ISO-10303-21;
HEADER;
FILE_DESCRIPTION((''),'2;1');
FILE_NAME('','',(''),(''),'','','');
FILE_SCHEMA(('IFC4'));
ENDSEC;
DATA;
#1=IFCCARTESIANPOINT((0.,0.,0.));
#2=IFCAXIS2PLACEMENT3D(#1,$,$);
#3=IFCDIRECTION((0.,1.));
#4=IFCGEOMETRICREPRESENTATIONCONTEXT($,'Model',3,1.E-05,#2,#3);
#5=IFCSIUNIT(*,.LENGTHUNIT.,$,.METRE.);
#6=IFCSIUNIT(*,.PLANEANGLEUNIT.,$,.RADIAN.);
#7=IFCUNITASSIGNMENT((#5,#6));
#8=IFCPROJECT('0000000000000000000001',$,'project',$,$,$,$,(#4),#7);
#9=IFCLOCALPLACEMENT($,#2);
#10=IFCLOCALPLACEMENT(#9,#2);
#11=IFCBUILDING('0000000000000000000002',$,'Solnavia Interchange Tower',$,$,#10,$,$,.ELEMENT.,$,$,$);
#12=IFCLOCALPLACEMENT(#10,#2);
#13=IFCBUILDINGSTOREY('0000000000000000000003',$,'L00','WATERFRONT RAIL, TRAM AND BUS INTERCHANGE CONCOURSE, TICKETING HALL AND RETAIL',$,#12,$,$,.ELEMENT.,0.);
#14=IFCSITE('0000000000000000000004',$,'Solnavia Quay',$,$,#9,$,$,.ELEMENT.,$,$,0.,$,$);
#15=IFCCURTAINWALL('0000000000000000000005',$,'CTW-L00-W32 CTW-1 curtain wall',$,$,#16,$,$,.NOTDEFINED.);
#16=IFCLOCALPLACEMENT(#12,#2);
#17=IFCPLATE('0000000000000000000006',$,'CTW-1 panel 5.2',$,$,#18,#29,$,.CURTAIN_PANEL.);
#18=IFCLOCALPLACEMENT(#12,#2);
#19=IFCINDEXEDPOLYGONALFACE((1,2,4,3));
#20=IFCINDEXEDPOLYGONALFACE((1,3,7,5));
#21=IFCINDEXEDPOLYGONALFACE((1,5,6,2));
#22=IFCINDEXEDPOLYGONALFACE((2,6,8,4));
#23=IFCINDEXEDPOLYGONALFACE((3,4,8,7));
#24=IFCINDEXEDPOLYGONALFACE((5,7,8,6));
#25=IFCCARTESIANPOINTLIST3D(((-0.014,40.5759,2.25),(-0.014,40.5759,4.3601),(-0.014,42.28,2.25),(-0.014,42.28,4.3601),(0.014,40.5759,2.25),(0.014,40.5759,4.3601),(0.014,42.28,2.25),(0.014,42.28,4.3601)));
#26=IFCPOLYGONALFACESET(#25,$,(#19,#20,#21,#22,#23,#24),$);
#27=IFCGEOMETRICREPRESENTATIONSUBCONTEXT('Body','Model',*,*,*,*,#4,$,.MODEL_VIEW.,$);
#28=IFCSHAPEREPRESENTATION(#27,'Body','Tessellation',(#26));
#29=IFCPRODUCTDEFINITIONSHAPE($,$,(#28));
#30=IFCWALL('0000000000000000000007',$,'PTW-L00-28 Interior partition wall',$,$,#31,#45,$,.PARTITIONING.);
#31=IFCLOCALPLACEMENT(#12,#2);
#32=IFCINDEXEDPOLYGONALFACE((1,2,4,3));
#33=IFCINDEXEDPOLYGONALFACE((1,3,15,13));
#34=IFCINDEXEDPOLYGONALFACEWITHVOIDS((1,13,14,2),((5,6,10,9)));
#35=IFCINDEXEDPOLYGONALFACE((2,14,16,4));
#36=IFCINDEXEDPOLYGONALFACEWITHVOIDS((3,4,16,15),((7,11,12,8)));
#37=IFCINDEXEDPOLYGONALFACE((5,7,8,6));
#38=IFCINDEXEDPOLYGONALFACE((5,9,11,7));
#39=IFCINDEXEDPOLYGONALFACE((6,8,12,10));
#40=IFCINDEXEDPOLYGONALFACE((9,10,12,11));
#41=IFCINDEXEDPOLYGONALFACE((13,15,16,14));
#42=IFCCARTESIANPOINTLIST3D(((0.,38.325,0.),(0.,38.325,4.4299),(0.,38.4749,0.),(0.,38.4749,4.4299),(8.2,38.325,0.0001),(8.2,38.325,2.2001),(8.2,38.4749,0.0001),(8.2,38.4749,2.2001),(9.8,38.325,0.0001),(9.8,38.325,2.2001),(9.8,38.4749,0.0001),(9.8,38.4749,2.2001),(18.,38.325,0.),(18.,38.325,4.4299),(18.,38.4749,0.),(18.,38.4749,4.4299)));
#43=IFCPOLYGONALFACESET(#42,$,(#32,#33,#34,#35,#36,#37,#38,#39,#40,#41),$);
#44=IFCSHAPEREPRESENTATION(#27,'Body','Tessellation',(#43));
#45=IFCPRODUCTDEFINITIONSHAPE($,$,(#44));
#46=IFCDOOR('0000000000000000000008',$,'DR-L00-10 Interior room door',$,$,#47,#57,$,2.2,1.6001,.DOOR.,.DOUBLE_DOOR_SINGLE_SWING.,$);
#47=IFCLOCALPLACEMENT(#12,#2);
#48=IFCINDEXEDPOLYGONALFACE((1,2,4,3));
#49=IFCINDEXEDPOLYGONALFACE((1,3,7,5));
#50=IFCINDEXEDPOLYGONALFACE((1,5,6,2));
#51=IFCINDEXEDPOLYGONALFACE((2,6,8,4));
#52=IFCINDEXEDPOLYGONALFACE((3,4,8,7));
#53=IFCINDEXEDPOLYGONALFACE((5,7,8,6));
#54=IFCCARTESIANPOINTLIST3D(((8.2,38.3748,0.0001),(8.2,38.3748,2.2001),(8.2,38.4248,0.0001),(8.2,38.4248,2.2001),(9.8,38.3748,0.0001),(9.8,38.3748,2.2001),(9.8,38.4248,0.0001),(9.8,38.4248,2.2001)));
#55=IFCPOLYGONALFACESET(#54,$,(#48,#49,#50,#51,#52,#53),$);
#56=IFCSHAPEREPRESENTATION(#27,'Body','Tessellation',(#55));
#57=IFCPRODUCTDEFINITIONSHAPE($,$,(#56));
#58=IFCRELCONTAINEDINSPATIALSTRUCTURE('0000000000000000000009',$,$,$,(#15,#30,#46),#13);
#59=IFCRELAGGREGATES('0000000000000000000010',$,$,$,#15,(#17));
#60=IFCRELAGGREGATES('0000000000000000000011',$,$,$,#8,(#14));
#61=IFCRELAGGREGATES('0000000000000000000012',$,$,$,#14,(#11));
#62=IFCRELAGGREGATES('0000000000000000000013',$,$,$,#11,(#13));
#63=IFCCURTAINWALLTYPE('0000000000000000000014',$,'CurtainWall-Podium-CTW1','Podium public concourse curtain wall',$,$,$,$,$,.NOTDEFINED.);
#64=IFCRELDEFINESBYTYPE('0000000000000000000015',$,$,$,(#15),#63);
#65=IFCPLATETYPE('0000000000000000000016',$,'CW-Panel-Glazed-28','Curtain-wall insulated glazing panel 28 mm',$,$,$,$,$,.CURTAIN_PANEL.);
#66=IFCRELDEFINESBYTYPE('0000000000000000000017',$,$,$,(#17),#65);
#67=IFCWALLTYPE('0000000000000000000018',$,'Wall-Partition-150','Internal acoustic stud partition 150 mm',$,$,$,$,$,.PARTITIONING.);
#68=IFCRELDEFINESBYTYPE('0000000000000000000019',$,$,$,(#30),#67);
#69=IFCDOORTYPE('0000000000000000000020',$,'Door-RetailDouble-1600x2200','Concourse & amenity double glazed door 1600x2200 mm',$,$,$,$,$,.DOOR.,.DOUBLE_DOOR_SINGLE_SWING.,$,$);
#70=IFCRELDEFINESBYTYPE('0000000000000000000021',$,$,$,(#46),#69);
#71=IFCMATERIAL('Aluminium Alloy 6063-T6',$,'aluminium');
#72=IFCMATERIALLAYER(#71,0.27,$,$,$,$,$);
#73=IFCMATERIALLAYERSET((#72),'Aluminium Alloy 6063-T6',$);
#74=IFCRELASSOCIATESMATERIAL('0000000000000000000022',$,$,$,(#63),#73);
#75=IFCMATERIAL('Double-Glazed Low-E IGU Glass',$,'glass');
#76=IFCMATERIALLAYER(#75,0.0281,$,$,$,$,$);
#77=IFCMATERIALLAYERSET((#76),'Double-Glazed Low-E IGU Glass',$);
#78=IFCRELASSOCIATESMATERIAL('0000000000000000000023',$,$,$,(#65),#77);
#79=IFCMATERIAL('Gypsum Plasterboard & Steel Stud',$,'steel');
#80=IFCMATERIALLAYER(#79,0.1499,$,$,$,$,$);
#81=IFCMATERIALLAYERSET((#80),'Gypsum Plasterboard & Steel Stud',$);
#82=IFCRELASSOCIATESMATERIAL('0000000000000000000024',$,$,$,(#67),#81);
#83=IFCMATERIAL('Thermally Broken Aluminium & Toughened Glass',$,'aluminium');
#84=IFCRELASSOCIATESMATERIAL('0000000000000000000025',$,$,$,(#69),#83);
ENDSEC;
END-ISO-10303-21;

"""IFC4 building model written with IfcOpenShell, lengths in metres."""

from ifc_helpers import new_model, si_unit, direction, frame, frame_2d, origin, origin_2d, place, context, subcontext, project, spatial, rectangle, extrude, material, layer, layer_set, type_object, element, fill, aggregate, save


model = new_model("IFC4")

# Units and contexts
model_context = context("Model", 3, precision=1e-05, world=origin(), true_north=direction((0.0, 1.0)))
body_context = subcontext(model_context, "Body", "Model", "MODEL_VIEW")
ifc_project = project(units=[si_unit("LENGTHUNIT", "METRE"), si_unit("PLANEANGLEUNIT", "RADIAN")], contexts=[model_context])

# Site, building, storey
site_placement = place(None, origin())
site = spatial("IfcSite", under=ifc_project, at=site_placement, Name="Solnavia Quay", CompositionType="ELEMENT", RefElevation=0.0)
building_placement = place(site_placement, origin())
building = spatial("IfcBuilding", under=site, at=building_placement, Name="Solnavia Interchange Tower", CompositionType="ELEMENT")
storey_placement = place(building_placement, origin())
storey = spatial("IfcBuildingStorey", under=building, at=storey_placement, Name="L00", Description="WATERFRONT RAIL, TRAM AND BUS INTERCHANGE CONCOURSE, TICKETING HALL AND RETAIL", CompositionType="ELEMENT", Elevation=0.0)

# Curtain wall, plate
ifc_material_1 = material(Name="Aluminium Alloy 6063-T6", Category="aluminium")
ifc_layer_1 = layer(ifc_material_1, 0.27)
ifc_layer_set_1 = layer_set([ifc_layer_1], Name="Aluminium Alloy 6063-T6")
curtain_wall_type = type_object("IfcCurtainWallType", Name="CurtainWall-Podium-CTW1", Description="Podium public concourse curtain wall", PredefinedType="NOTDEFINED", material=ifc_layer_set_1)
curtain_wall_placement = place(storey_placement, origin())
curtain_wall = element("IfcCurtainWall", 1, at=curtain_wall_placement, inside=storey, type_object=curtain_wall_type, Name="CTW-L00-W32 CTW-1 curtain wall", PredefinedType="NOTDEFINED")
ifc_material_2 = material(Name="Double-Glazed Low-E IGU Glass", Category="glass")
ifc_layer_2 = layer(ifc_material_2, 0.0281)
ifc_layer_set_2 = layer_set([ifc_layer_2], Name="Double-Glazed Low-E IGU Glass")
plate_type = type_object("IfcPlateType", Name="CW-Panel-Glazed-28", Description="Curtain-wall insulated glazing panel 28 mm", PredefinedType="CURTAIN_PANEL", material=ifc_layer_set_2)
plate_1_placement = place(storey_placement, frame((0.0, 41.428, 2.25), z_axis=(0.0, 0.0, 1.0), x_axis=(0.0, 1.0, 0.0)))
plate_1 = element("IfcPlate", 2, at=plate_1_placement, type_object=plate_type, Name="CTW-1 panel 5.2", PredefinedType="CURTAIN_PANEL", context=body_context, shape_type="SweptSolid", body=[
    extrude(rectangle(XDim=1.7041, YDim=0.0281, at=origin_2d()), origin(), (0.0, 0.0, 1.0), 2.1101),
])
aggregate(curtain_wall, [plate_1])

# Wall, opening, door
ifc_material_3 = material(Name="Gypsum Plasterboard & Steel Stud", Category="steel")
ifc_layer_3 = layer(ifc_material_3, 0.1499)
ifc_layer_set_3 = layer_set([ifc_layer_3], Name="Gypsum Plasterboard & Steel Stud")
wall_type_1 = type_object("IfcWallType", Name="Wall-Partition-150", Description="Internal acoustic stud partition 150 mm", PredefinedType="PARTITIONING", material=ifc_layer_set_3)
wall_1_placement = place(storey_placement, frame((0.0, 38.3999, 0.0), z_axis=(0.0, 0.0, 1.0), x_axis=(1.0, 0.0, 0.0)))
wall_1 = element("IfcWall", 3, at=wall_1_placement, inside=storey, type_object=wall_type_1, Name="PTW-L00-28 Interior partition wall", PredefinedType="PARTITIONING", context=body_context, shape_type="SweptSolid", body=[
    extrude(rectangle(XDim=18.0, YDim=0.1499, at=frame_2d((9.0, 0.0))), origin(), (0.0, 0.0, 1.0), 4.4299),
])
opening_1_placement = place(wall_1_placement, frame((8.2, 0.0, 0.0)))
opening_1 = element("IfcOpeningElement", 4, at=opening_1_placement, cuts=wall_1, PredefinedType="OPENING", context=body_context, shape_type="SweptSolid", body=[
    extrude(rectangle(XDim=1.6001, YDim=2.2, at=frame_2d((0.8, 1.1001))), frame((0.0, 0.085, 0.0), z_axis=(0.0, -1.0, 0.0), x_axis=(1.0, 0.0, 0.0)), (0.0, 0.0, 1.0), 0.1699),
])
ifc_material_4 = material(Name="Thermally Broken Aluminium & Toughened Glass", Category="aluminium")
door_type_1 = type_object("IfcDoorType", Name="Door-RetailDouble-1600x2200", Description="Concourse & amenity double glazed door 1600x2200 mm", OperationType="DOUBLE_DOOR_SINGLE_SWING", PredefinedType="DOOR", material=ifc_material_4)
door_1_placement = place(opening_1_placement, origin())
door_1 = element("IfcDoor", 5, at=door_1_placement, inside=storey, type_object=door_type_1, Name="DR-L00-10 Interior room door", OperationType="DOUBLE_DOOR_SINGLE_SWING", OverallHeight=2.2, OverallWidth=1.6001, PredefinedType="DOOR", context=body_context, shape_type="SweptSolid", body=[
    extrude(rectangle(XDim=1.6001, YDim=2.2, at=frame_2d((0.8, 1.1001))), frame((0.0, 0.0249, 0.0), z_axis=(0.0, -1.0, 0.0), x_axis=(1.0, 0.0, 0.0)), (0.0, 0.0, 1.0), 0.05),
])
fill(opening_1, door_1)

save(model, "model.ifc")
